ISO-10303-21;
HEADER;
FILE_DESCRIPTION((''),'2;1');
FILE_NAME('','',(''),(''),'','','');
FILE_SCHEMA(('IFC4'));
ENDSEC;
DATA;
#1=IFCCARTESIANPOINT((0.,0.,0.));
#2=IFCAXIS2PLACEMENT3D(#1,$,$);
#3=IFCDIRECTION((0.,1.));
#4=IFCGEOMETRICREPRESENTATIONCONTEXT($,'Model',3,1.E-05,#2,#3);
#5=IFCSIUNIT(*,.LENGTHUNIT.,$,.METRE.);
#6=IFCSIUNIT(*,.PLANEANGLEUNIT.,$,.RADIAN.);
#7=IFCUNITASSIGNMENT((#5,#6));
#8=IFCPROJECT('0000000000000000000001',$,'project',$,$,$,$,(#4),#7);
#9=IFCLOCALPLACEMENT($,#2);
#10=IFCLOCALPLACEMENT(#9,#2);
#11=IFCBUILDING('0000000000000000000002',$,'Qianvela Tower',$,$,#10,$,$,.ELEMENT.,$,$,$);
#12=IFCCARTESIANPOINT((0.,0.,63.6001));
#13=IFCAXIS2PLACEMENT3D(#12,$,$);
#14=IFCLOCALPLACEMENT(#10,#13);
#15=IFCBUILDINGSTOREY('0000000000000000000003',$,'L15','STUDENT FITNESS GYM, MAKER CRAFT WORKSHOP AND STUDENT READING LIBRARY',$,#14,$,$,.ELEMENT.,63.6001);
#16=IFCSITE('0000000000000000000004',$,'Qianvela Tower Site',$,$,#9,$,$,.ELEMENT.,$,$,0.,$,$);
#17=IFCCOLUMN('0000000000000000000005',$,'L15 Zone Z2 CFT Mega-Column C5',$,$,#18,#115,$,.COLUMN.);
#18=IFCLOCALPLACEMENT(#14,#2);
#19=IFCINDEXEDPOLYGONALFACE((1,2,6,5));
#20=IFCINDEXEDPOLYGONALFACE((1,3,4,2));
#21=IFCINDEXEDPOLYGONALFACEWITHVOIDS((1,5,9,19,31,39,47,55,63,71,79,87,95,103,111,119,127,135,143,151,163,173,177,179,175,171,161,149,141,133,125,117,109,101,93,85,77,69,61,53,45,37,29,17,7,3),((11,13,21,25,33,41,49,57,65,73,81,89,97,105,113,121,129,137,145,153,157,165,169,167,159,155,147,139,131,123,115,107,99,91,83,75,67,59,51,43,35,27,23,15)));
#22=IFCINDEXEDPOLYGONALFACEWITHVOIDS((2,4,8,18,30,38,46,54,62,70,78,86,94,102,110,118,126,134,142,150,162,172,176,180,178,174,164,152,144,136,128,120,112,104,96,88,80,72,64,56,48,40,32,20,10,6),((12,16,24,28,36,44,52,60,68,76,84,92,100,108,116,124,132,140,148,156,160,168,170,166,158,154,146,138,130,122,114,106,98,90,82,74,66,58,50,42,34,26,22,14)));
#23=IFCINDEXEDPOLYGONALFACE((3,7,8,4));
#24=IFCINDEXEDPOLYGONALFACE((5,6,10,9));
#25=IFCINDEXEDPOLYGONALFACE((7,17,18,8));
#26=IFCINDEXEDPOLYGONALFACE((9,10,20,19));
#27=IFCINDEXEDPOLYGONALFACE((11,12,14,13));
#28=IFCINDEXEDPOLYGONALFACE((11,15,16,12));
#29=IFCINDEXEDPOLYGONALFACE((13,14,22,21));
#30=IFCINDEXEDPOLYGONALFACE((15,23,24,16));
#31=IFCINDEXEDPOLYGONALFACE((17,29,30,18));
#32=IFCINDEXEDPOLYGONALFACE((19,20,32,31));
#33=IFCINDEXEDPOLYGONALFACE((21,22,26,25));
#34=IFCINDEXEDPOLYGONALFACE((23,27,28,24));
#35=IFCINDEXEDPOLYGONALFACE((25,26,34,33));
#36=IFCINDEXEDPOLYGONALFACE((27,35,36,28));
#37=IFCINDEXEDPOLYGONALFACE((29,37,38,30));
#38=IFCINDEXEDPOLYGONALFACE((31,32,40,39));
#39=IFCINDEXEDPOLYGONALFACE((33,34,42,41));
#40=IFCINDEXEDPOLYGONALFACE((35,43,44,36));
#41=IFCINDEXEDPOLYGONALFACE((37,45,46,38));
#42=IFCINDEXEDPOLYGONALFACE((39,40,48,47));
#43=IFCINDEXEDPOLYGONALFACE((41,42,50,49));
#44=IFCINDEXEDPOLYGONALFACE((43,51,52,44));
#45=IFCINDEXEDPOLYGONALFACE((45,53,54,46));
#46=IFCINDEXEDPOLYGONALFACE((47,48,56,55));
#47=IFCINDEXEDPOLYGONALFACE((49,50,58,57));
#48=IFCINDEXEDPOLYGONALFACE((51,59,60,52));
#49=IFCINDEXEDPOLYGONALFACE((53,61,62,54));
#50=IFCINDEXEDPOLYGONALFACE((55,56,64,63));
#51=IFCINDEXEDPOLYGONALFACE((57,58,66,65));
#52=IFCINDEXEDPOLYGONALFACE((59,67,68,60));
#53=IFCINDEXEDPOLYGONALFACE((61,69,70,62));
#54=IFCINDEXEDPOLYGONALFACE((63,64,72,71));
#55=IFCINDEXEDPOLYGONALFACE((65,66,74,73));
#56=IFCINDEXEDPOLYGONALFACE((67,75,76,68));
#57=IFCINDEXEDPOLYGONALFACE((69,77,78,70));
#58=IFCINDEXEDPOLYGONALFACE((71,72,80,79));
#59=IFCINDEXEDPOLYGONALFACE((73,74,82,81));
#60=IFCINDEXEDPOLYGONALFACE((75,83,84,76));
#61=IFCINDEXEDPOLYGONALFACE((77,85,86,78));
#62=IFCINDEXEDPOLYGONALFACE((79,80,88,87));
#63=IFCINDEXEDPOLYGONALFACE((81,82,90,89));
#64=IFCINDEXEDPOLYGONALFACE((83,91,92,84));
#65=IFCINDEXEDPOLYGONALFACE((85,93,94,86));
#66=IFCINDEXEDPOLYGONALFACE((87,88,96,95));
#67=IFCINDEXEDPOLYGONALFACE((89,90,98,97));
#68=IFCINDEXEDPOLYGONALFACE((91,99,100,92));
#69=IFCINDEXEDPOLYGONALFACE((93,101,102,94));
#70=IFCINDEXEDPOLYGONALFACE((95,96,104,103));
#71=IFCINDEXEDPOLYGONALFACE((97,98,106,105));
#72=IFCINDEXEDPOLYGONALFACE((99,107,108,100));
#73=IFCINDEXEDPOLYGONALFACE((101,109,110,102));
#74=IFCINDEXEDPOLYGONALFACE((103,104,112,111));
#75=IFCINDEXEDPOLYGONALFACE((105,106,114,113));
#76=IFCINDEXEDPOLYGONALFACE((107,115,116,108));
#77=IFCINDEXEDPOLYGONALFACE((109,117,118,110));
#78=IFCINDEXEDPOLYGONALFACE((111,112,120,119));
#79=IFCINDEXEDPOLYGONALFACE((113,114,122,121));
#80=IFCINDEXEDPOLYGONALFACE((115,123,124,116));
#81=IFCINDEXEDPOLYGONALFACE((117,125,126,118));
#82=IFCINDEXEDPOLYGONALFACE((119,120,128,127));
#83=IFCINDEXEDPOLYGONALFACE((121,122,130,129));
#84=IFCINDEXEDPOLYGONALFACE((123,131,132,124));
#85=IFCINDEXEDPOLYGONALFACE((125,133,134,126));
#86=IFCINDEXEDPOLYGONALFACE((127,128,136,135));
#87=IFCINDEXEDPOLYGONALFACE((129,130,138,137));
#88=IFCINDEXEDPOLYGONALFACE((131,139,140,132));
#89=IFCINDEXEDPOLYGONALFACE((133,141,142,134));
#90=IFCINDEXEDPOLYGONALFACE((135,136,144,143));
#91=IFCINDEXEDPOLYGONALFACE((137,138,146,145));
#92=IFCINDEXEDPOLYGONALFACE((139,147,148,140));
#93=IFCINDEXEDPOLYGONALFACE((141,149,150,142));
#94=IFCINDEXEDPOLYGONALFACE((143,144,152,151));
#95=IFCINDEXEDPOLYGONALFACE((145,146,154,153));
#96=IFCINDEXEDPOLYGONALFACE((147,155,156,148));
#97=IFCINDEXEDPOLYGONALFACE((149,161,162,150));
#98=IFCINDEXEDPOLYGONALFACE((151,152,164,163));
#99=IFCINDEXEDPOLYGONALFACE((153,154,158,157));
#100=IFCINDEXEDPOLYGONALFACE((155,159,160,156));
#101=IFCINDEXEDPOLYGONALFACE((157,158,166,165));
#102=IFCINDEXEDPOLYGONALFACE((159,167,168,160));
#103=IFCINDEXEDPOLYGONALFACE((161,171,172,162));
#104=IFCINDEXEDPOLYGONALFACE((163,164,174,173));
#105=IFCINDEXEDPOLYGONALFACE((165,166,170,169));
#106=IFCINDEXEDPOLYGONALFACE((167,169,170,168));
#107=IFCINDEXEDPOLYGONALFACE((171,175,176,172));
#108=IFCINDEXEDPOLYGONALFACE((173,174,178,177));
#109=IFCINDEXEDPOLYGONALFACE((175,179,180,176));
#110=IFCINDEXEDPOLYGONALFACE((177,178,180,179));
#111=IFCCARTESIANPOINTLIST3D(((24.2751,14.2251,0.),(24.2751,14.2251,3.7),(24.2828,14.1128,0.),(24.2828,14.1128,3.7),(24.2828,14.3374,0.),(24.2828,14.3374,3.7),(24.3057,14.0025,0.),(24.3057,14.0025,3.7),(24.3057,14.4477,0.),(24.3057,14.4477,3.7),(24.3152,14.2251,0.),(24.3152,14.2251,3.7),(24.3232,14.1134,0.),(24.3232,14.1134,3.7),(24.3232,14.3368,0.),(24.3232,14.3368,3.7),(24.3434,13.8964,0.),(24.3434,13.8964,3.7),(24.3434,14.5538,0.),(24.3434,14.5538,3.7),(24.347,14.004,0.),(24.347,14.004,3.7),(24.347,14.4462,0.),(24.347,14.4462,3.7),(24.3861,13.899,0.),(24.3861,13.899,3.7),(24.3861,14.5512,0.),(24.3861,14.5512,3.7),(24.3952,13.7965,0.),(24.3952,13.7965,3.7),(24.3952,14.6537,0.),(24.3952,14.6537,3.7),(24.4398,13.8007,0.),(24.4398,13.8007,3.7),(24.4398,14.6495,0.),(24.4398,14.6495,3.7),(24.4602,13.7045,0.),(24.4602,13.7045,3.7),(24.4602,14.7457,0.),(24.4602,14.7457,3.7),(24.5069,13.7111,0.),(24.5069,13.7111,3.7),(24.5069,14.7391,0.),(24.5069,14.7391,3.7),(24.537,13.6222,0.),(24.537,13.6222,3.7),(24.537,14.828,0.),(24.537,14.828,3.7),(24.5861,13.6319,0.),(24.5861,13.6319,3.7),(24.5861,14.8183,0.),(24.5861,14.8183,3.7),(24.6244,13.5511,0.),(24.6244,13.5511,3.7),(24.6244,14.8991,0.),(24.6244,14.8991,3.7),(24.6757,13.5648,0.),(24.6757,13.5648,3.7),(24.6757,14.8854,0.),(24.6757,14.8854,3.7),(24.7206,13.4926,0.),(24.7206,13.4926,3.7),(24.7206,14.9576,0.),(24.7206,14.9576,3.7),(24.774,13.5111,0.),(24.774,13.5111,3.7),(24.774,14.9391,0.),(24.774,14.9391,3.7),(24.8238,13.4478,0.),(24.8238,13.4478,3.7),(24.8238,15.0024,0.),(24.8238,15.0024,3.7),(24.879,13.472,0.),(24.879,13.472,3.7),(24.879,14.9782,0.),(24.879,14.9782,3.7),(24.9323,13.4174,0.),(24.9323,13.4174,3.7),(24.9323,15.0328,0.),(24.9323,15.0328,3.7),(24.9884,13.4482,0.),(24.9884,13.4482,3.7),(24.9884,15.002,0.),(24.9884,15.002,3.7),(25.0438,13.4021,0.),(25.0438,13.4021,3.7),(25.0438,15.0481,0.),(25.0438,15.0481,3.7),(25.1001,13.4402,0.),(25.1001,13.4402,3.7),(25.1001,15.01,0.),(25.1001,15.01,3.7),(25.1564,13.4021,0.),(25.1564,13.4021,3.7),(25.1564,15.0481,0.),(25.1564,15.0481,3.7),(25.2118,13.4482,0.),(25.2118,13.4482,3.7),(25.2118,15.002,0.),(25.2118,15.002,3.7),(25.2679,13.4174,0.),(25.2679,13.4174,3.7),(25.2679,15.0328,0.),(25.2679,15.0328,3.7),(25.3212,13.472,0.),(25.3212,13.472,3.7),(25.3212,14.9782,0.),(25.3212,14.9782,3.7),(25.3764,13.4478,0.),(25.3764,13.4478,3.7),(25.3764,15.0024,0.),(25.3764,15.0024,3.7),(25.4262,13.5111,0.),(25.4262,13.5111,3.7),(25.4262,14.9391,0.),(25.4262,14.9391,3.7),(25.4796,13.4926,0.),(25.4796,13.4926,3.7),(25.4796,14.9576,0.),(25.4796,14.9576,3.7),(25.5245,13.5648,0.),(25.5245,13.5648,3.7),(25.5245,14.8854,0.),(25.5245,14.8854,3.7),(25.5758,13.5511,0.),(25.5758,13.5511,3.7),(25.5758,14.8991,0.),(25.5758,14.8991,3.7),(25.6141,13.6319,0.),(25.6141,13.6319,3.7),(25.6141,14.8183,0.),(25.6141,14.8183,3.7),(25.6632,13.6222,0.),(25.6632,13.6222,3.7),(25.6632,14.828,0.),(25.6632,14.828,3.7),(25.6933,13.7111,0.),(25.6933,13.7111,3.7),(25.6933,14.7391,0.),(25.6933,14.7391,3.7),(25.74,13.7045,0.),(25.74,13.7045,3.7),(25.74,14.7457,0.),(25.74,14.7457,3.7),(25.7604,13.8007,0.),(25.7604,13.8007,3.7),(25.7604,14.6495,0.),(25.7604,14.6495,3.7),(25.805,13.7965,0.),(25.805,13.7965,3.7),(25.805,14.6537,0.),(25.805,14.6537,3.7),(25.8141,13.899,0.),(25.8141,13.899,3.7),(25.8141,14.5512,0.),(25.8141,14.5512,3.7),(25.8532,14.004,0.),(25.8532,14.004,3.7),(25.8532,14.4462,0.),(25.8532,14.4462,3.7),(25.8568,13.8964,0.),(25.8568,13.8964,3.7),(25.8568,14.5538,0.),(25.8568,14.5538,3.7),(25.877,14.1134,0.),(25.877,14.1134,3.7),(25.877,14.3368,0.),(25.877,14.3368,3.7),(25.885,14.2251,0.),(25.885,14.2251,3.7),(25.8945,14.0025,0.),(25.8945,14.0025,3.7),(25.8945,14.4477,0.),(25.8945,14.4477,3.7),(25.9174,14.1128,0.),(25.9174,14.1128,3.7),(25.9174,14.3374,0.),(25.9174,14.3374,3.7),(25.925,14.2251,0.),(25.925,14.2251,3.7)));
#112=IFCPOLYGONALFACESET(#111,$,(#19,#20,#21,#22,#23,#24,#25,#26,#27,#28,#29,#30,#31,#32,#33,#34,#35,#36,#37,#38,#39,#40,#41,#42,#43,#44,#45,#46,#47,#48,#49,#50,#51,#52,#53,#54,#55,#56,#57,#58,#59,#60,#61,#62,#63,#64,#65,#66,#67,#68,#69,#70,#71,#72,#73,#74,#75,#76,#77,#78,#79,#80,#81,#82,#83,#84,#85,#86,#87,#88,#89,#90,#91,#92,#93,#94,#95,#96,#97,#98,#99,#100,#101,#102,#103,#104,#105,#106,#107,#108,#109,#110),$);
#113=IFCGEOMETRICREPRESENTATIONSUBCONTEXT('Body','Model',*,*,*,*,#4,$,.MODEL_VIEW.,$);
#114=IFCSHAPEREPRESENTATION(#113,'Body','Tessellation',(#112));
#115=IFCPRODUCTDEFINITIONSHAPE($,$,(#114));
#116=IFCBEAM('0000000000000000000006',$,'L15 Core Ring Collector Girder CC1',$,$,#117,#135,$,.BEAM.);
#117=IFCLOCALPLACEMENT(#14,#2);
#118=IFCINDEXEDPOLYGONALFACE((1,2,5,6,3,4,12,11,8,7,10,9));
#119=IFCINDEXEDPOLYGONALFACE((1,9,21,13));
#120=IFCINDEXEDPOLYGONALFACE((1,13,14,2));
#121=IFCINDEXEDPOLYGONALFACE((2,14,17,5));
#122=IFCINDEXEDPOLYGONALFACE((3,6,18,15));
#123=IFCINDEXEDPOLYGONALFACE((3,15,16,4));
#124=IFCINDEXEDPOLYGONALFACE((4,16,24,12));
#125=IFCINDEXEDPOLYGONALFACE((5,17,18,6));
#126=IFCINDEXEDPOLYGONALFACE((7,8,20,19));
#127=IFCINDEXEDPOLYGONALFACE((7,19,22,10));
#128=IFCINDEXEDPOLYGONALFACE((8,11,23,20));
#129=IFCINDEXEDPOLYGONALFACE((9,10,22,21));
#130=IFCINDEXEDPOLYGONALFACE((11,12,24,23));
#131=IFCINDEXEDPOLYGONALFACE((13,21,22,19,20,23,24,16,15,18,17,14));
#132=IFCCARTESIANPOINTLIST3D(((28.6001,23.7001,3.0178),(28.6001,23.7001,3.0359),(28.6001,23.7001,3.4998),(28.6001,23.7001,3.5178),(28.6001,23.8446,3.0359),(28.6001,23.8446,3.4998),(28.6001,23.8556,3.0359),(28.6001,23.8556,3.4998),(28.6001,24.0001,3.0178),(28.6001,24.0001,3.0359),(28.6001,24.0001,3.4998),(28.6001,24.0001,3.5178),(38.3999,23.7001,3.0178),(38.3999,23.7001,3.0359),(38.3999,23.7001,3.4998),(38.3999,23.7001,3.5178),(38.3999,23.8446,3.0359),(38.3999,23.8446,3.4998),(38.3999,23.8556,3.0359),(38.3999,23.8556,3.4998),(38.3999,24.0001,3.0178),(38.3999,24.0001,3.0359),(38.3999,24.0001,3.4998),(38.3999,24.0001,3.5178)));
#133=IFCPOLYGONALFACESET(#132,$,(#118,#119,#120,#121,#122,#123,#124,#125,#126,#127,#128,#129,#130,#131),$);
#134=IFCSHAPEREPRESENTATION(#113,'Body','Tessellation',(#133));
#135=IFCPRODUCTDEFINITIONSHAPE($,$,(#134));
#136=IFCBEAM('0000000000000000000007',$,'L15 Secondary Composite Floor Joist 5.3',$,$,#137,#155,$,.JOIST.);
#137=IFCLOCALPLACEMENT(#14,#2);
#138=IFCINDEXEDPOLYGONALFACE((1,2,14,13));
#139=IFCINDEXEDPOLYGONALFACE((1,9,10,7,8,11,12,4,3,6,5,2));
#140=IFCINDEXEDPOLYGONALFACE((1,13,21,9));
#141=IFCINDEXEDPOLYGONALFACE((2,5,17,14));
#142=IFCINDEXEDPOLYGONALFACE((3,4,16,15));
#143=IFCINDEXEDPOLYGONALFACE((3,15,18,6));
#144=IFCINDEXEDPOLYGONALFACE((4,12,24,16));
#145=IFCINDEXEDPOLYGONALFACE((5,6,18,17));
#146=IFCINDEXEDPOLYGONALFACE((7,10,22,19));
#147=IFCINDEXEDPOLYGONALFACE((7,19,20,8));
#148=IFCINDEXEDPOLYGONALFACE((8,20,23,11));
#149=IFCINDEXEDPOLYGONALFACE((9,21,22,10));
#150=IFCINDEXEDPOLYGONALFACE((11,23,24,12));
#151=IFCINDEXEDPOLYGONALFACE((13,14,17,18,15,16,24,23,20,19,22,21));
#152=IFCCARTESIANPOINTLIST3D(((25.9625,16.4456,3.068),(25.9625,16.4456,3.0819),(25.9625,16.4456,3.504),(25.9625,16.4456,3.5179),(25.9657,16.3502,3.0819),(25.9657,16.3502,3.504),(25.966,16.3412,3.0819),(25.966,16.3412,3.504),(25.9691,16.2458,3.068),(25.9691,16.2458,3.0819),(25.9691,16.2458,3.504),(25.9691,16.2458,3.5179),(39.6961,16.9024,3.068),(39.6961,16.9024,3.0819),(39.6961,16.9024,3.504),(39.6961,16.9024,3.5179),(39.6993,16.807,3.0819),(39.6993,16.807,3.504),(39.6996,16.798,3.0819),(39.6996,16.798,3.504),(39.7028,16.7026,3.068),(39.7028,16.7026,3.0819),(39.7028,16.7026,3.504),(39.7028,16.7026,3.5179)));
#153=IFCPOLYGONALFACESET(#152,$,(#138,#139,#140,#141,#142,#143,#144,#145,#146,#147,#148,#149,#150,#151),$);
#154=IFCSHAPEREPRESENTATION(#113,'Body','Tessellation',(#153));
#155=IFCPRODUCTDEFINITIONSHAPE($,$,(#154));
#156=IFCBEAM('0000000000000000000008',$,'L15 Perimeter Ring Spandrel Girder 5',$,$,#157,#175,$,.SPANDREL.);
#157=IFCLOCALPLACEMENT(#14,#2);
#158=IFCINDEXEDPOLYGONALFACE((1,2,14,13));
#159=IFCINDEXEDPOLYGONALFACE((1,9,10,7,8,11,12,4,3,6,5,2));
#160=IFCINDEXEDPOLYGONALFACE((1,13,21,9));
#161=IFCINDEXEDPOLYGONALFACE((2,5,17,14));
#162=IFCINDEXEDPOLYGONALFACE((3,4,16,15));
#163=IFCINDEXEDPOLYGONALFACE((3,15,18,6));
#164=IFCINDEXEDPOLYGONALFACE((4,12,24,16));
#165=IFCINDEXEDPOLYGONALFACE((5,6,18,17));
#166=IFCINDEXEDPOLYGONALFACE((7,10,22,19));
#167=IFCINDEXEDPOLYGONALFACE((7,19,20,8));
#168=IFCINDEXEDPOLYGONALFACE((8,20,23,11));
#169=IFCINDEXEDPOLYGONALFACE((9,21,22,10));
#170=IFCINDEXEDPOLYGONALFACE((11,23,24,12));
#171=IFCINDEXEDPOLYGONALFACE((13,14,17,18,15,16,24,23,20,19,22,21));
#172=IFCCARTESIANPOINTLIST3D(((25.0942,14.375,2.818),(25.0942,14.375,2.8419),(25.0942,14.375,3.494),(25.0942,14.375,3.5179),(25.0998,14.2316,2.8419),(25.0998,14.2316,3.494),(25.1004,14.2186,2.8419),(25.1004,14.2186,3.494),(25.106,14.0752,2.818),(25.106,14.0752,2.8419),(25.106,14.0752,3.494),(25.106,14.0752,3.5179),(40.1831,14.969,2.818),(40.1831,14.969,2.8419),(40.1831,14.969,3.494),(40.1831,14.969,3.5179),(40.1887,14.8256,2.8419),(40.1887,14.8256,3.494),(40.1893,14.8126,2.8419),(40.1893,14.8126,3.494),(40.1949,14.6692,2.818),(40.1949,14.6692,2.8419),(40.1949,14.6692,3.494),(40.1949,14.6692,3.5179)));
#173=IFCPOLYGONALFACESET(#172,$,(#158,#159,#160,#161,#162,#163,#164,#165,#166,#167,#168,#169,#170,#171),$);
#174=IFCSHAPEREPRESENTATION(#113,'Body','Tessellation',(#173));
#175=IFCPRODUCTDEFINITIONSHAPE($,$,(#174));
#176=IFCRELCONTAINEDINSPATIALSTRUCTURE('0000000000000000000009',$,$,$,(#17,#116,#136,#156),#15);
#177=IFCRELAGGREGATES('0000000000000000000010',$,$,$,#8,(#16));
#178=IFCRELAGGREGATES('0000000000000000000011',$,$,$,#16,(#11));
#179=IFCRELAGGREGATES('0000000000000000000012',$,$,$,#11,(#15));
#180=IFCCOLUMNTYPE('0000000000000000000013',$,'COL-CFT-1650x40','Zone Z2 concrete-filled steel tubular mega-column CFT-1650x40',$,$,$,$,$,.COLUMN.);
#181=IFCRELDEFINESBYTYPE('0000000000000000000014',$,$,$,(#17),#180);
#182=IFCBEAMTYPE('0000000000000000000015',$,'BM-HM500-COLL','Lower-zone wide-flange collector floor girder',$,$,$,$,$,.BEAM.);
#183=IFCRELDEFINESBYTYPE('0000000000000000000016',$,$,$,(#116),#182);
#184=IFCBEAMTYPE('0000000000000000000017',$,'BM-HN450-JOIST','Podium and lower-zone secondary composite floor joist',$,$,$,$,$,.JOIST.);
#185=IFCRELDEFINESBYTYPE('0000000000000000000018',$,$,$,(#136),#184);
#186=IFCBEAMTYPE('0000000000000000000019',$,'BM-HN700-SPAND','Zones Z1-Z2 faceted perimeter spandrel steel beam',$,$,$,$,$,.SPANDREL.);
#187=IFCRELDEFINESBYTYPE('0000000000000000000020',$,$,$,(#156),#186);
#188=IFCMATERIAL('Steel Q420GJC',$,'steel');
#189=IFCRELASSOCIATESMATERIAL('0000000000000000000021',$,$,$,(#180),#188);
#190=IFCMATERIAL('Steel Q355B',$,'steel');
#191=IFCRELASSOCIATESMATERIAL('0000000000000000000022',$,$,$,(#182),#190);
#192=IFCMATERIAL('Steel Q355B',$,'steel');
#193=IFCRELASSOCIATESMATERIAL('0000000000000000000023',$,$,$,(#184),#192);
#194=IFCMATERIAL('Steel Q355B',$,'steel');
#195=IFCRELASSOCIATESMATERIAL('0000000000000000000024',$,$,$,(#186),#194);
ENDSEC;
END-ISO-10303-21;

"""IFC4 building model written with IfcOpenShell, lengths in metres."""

from ifc_helpers import new_model, si_unit, direction, frame, origin, origin_2d, place, context, subcontext, project, spatial, hollow_circle, i_section, extrude, material, material_profile, profile_set, type_object, element, save


model = new_model("IFC4")

# Units and contexts
model_context = context("Model", 3, precision=1e-05, world=origin(), true_north=direction((0.0, 1.0)))
body_context = subcontext(model_context, "Body", "Model", "MODEL_VIEW")
ifc_project = project(units=[si_unit("LENGTHUNIT", "METRE"), si_unit("PLANEANGLEUNIT", "RADIAN")], contexts=[model_context])

# Site, building, storey
site_placement = place(None, origin())
site = spatial("IfcSite", under=ifc_project, at=site_placement, Name="Qianvela Tower Site", CompositionType="ELEMENT", RefElevation=0.0)
building_placement = place(site_placement, origin())
building = spatial("IfcBuilding", under=site, at=building_placement, Name="Qianvela Tower", CompositionType="ELEMENT")
storey_placement = place(building_placement, frame((0.0, 0.0, 63.6001)))
storey = spatial("IfcBuildingStorey", under=building, at=storey_placement, Name="L15", Description="STUDENT FITNESS GYM, MAKER CRAFT WORKSHOP AND STUDENT READING LIBRARY", CompositionType="ELEMENT", Elevation=63.6001)

# Column
ifc_material_1 = material(Name="Steel Q420GJC", Category="steel")
ifc_material_profile_1 = material_profile(ifc_material_1, hollow_circle(Radius=0.825, WallThickness=0.04, at=origin_2d()), Name="CFT-1650x40")
ifc_profile_set_1 = profile_set([ifc_material_profile_1], Name="Steel Q420GJC")
column_type = type_object("IfcColumnType", Name="COL-CFT-1650x40", Description="Zone Z2 concrete-filled steel tubular mega-column CFT-1650x40", PredefinedType="COLUMN", material=ifc_profile_set_1)
for number, where, z_axis, x_axis, name in (
    (1, (25.1001, 14.2251, 0.0), (0.0, 0.0, 1.0), (1.0, 0.0, 0.0), "L15 Zone Z2 CFT Mega-Column C5"),
):
    element("IfcColumn", number, at=place(storey_placement, frame(where, z_axis=z_axis, x_axis=x_axis)), inside=storey, type_object=column_type, Name=name, PredefinedType="COLUMN", context=body_context, shape_type="SweptSolid", body=[
        extrude(hollow_circle(Radius=0.825, WallThickness=0.04, at=origin_2d()), origin(), (0.0, 0.0, 1.0), 3.7),
    ])

# Beams
ifc_material_2 = material(Name="Steel Q355B", Category="steel")
ifc_material_profile_2 = material_profile(ifc_material_2, i_section(OverallWidth=0.3, OverallDepth=0.5, WebThickness=0.011, FlangeThickness=0.0181, at=origin_2d()), Name="HM500x300x11x18")
ifc_profile_set_2 = profile_set([ifc_material_profile_2], Name="Steel Q355B")
beam_type_1 = type_object("IfcBeamType", Name="BM-HM500-COLL", Description="Lower-zone wide-flange collector floor girder", PredefinedType="BEAM", material=ifc_profile_set_2)
beam_1_placement = place(storey_placement, frame((28.6001, 23.8501, 3.2678), z_axis=(1.0, 0.0, 0.0), x_axis=(0.0, 1.0, 0.0)))
element("IfcBeam", 2, at=beam_1_placement, inside=storey, type_object=beam_type_1, Name="L15 Core Ring Collector Girder CC1", PredefinedType="BEAM", context=body_context, shape_type="SweptSolid", body=[
    extrude(i_section(OverallWidth=0.3, OverallDepth=0.5, WebThickness=0.011, FlangeThickness=0.0181, at=origin_2d()), origin(), (0.0, 0.0, 1.0), 9.7998),
])
ifc_material_3 = material(Name="Steel Q355B", Category="steel")
ifc_material_profile_3 = material_profile(ifc_material_3, i_section(OverallWidth=0.2, OverallDepth=0.45, WebThickness=0.009, FlangeThickness=0.0139, at=origin_2d()), Name="HN450x200x9x14")
ifc_profile_set_3 = profile_set([ifc_material_profile_3], Name="Steel Q355B")
beam_type_2 = type_object("IfcBeamType", Name="BM-HN450-JOIST", Description="Podium and lower-zone secondary composite floor joist", PredefinedType="JOIST", material=ifc_profile_set_3)
beam_2_placement = place(storey_placement, frame((25.9658, 16.3457, 3.293), z_axis=(0.999447, 0.033242, 0.0), x_axis=(-0.033242, 0.999447, 0.0)))
element("IfcBeam", 3, at=beam_2_placement, inside=storey, type_object=beam_type_2, Name="L15 Secondary Composite Floor Joist 5.3", PredefinedType="JOIST", context=body_context, shape_type="SweptSolid", body=[
    extrude(i_section(OverallWidth=0.2, OverallDepth=0.45, WebThickness=0.009, FlangeThickness=0.0139, at=origin_2d()), origin(), (0.0, 0.0, 1.0), 13.7412),
])
ifc_material_4 = material(Name="Steel Q355B", Category="steel")
ifc_material_profile_4 = material_profile(ifc_material_4, i_section(OverallWidth=0.3, OverallDepth=0.7, WebThickness=0.0129, FlangeThickness=0.0239, at=origin_2d()), Name="HN700x300x13x24")
ifc_profile_set_4 = profile_set([ifc_material_profile_4], Name="Steel Q355B")
beam_type_3 = type_object("IfcBeamType", Name="BM-HN700-SPAND", Description="Zones Z1-Z2 faceted perimeter spandrel steel beam", PredefinedType="SPANDREL", material=ifc_profile_set_4)
beam_3_placement = place(storey_placement, frame((25.1001, 14.2251, 3.168), z_axis=(0.999226, 0.039336, 0.0), x_axis=(-0.039336, 0.999226, 0.0)))
element("IfcBeam", 4, at=beam_3_placement, inside=storey, type_object=beam_type_3, Name="L15 Perimeter Ring Spandrel Girder 5", PredefinedType="SPANDREL", context=body_context, shape_type="SweptSolid", body=[
    extrude(i_section(OverallWidth=0.3, OverallDepth=0.7, WebThickness=0.0129, FlangeThickness=0.0239, at=origin_2d()), origin(), (0.0, 0.0, 1.0), 15.1006),
])

save(model, "model.ifc")
